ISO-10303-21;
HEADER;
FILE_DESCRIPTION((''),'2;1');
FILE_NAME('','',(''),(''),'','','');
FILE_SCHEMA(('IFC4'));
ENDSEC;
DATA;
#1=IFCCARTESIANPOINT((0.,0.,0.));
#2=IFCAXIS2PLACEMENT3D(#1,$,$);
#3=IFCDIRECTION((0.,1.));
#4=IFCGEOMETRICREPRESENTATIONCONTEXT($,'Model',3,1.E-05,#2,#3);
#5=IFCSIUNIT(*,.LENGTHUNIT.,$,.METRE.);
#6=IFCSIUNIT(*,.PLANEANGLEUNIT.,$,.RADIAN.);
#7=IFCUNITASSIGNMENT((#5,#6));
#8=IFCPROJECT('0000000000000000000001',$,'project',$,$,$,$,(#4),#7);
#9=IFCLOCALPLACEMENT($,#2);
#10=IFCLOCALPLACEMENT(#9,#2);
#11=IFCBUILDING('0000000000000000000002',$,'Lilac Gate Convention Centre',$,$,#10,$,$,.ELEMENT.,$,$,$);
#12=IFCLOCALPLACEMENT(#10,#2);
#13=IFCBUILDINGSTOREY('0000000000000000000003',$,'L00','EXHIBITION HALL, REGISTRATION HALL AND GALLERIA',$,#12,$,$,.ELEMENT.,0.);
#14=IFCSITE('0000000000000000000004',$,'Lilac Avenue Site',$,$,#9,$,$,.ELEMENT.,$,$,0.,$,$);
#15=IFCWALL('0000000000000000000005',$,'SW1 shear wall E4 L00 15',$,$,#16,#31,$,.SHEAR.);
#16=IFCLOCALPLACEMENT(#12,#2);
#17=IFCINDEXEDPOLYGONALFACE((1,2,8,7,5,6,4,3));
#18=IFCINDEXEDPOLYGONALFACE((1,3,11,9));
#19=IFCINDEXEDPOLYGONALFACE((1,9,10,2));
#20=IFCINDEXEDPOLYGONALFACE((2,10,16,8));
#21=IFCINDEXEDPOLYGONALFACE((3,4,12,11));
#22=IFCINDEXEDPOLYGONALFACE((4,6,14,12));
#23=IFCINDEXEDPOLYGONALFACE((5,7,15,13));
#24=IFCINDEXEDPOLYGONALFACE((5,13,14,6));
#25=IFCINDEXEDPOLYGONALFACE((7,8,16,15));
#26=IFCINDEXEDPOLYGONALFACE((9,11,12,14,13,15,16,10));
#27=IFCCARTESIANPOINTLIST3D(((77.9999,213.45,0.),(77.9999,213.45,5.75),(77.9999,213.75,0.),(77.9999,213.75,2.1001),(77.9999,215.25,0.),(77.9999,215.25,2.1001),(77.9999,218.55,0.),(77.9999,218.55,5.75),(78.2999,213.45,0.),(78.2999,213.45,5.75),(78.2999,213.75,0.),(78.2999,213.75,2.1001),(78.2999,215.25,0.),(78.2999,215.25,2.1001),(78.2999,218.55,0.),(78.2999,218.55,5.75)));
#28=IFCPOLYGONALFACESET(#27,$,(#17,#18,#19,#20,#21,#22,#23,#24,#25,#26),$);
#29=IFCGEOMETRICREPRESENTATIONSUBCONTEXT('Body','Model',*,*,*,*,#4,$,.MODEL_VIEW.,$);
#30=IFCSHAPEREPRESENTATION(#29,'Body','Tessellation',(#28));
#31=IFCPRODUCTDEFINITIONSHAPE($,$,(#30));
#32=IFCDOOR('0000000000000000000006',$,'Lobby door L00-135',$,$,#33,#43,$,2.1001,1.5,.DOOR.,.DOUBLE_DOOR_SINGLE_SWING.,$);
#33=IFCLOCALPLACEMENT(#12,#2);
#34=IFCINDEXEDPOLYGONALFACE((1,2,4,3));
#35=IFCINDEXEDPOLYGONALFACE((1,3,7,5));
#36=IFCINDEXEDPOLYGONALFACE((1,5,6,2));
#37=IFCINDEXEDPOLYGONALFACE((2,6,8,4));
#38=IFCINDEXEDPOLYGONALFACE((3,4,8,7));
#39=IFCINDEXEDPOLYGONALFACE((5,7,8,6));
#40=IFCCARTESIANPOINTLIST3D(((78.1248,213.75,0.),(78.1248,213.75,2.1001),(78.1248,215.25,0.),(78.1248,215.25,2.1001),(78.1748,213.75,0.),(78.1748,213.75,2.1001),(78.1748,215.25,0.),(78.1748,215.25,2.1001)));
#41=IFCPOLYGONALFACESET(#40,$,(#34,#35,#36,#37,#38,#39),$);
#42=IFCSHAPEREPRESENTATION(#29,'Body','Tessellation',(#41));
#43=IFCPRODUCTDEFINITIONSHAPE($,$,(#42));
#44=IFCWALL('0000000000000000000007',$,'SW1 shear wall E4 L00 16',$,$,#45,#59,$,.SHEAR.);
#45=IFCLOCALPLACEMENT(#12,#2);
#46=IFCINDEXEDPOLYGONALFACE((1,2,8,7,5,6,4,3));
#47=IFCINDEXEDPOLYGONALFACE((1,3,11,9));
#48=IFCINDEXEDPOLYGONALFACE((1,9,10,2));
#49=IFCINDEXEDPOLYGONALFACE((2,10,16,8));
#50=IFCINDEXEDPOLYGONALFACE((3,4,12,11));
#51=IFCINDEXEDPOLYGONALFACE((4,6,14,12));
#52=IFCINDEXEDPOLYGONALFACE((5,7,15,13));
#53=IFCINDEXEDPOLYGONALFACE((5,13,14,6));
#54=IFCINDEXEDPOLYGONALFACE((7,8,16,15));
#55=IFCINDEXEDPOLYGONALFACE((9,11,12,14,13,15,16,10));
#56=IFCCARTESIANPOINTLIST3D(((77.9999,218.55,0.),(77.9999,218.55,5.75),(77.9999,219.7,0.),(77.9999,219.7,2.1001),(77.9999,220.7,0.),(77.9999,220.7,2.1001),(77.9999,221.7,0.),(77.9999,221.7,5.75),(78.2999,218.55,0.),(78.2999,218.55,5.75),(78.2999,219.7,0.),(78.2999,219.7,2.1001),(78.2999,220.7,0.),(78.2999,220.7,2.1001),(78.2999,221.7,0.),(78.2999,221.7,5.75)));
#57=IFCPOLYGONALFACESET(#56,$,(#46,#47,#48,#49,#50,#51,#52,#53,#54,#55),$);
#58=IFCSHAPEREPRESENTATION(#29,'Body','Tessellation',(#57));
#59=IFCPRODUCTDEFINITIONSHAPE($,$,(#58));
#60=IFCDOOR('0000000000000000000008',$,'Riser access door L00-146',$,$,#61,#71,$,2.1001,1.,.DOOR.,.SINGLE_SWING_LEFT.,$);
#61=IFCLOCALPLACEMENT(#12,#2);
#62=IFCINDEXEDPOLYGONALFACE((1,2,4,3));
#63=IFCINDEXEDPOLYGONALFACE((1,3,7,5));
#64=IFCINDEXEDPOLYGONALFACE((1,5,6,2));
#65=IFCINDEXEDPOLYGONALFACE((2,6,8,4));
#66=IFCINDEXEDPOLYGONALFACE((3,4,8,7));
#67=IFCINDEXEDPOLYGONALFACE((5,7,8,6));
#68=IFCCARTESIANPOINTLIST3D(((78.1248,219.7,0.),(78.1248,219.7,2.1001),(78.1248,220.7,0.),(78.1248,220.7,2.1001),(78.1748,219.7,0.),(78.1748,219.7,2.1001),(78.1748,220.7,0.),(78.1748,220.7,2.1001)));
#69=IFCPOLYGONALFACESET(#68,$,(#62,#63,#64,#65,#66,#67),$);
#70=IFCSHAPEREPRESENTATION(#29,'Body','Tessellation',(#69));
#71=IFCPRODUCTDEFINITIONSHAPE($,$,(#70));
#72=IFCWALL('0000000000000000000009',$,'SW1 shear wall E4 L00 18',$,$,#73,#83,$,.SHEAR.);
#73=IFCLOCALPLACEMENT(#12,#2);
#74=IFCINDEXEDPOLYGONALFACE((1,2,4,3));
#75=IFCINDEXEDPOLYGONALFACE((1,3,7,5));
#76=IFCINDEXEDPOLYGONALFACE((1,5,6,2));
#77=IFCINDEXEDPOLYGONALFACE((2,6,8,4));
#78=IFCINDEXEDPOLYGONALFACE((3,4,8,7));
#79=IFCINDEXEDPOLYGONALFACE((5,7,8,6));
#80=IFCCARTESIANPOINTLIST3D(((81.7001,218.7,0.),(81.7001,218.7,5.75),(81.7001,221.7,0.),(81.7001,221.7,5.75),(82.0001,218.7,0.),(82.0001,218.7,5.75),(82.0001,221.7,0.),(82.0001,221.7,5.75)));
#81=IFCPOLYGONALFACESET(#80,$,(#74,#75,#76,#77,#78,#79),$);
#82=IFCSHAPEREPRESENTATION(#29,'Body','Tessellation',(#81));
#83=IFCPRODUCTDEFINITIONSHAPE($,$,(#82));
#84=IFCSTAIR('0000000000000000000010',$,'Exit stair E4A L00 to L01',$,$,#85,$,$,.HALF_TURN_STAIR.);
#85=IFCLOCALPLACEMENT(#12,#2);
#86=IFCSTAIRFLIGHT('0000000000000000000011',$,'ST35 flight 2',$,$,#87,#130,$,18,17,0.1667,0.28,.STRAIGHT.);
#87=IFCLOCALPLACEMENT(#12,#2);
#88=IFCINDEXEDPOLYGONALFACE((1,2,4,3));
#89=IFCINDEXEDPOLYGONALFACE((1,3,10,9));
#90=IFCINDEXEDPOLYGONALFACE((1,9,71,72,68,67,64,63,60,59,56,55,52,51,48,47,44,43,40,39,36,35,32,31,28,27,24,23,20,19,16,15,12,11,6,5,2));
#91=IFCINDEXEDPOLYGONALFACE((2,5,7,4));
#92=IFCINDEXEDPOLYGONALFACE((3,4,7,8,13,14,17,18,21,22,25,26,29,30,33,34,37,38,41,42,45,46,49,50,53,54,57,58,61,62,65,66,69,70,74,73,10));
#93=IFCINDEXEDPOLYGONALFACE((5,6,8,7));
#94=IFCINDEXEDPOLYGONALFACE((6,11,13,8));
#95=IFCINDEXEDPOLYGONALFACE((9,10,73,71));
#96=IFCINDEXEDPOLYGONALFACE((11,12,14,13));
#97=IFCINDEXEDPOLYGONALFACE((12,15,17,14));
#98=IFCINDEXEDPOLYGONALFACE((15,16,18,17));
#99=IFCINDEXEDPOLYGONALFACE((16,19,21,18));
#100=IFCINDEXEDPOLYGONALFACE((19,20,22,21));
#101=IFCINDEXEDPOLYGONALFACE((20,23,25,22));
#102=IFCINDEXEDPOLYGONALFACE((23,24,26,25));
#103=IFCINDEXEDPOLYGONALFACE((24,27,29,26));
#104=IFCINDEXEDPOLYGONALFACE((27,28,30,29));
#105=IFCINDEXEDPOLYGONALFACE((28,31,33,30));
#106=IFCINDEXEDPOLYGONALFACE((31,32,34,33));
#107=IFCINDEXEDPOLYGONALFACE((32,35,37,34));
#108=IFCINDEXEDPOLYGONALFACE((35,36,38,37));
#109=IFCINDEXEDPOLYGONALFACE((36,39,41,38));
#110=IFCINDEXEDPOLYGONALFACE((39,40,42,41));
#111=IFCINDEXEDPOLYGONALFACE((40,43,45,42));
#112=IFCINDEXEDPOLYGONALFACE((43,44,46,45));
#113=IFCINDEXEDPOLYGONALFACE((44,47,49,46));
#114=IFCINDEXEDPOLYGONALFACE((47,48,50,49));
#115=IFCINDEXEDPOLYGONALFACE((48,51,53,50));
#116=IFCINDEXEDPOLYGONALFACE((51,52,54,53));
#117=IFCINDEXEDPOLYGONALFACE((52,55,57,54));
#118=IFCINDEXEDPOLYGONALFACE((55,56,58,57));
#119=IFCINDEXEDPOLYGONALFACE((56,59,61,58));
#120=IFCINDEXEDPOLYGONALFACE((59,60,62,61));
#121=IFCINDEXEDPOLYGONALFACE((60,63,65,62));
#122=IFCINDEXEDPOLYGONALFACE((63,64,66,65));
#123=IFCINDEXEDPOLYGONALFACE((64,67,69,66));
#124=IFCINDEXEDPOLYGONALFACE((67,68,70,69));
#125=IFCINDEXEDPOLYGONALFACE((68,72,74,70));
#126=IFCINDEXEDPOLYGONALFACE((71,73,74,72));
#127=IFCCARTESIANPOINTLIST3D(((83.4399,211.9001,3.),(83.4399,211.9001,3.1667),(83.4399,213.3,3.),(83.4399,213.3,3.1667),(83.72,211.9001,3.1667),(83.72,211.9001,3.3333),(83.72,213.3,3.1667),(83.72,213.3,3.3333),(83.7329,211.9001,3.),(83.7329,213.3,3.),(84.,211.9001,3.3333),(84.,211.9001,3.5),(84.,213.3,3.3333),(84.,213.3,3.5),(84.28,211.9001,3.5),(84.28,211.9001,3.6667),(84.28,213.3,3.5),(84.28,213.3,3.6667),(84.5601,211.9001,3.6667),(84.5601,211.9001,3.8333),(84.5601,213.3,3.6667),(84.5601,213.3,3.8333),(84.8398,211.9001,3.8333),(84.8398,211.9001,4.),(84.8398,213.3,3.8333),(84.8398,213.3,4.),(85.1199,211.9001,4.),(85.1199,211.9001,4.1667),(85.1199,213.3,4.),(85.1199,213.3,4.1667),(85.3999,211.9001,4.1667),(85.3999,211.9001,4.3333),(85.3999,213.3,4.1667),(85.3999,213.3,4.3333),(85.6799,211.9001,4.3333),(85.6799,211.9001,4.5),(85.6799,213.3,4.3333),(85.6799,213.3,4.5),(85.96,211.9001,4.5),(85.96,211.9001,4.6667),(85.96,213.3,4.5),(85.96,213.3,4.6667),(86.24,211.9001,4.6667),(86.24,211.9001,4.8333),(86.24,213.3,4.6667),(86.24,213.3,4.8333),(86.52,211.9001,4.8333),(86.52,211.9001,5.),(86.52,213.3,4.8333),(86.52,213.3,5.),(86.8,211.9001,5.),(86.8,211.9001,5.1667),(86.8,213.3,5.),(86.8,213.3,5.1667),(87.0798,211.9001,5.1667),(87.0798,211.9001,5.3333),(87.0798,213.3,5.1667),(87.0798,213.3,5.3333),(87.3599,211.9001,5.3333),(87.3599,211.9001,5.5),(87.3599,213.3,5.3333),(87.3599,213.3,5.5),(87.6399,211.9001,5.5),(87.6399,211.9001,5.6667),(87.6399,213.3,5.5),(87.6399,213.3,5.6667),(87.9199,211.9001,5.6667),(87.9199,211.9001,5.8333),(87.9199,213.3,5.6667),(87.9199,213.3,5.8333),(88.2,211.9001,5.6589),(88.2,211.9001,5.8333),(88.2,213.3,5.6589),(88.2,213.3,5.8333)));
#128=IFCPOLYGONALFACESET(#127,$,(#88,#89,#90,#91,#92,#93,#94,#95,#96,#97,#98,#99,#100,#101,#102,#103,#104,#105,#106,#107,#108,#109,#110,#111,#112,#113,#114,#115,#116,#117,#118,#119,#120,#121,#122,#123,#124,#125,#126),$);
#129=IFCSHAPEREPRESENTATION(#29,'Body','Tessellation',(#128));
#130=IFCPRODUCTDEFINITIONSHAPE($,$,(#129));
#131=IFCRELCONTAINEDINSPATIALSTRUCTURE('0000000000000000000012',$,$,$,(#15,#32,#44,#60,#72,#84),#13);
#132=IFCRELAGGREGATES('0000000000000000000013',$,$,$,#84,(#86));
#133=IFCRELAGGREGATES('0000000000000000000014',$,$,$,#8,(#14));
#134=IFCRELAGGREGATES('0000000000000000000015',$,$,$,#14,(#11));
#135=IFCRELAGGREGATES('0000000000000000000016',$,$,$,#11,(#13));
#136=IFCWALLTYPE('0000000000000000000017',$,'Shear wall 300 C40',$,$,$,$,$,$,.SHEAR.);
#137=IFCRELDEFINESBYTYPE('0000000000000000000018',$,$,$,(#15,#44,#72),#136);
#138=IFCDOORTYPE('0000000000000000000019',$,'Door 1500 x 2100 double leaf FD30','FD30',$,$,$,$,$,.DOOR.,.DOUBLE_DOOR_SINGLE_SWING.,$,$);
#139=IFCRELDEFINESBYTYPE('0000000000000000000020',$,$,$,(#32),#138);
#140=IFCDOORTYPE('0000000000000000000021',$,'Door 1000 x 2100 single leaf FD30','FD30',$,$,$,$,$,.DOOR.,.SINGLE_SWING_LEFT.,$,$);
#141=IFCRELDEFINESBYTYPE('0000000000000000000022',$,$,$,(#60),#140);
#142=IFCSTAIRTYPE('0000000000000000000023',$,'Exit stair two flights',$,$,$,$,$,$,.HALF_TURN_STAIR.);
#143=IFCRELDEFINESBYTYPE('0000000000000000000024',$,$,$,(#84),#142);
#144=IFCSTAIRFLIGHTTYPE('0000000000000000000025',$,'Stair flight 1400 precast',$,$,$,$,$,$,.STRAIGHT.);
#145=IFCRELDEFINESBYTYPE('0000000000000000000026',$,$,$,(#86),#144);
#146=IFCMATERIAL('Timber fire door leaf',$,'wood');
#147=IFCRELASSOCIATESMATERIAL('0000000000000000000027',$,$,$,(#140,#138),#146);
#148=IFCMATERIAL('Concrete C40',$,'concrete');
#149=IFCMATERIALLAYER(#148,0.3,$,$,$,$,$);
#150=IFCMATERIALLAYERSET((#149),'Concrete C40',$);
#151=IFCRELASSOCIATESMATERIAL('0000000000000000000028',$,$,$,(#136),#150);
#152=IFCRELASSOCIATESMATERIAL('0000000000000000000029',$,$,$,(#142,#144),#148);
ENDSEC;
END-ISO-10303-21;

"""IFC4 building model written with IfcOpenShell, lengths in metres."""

from ifc_helpers import new_model, si_unit, direction, frame, frame_2d, origin, place, context, subcontext, project, spatial, polyline, rectangle, outline, extrude, material, layer, layer_set, type_object, element, fill, aggregate, save


model = new_model("IFC4")

# Units and contexts
model_context = context("Model", 3, precision=1e-05, world=origin(), true_north=direction((0.0, 1.0)))
body_context = subcontext(model_context, "Body", "Model", "MODEL_VIEW")
ifc_project = project(units=[si_unit("LENGTHUNIT", "METRE"), si_unit("PLANEANGLEUNIT", "RADIAN")], contexts=[model_context])

# Site, building, storey
site_placement = place(None, origin())
site = spatial("IfcSite", under=ifc_project, at=site_placement, Name="Lilac Avenue Site", CompositionType="ELEMENT", RefElevation=0.0)
building_placement = place(site_placement, origin())
building = spatial("IfcBuilding", under=site, at=building_placement, Name="Lilac Gate Convention Centre", CompositionType="ELEMENT")
storey_placement = place(building_placement, origin())
storey = spatial("IfcBuildingStorey", under=building, at=storey_placement, Name="L00", Description="EXHIBITION HALL, REGISTRATION HALL AND GALLERIA", CompositionType="ELEMENT", Elevation=0.0)

# Shared definitions
ifc_material_1 = material(Name="Timber fire door leaf", Category="wood")
door_type_1 = type_object("IfcDoorType", Name="Door 1000 x 2100 single leaf FD30", Description="FD30", OperationType="SINGLE_SWING_LEFT", PredefinedType="DOOR", material=ifc_material_1)

# Shared definitions
ifc_material_2 = material(Name="Concrete C40", Category="concrete")
ifc_layer_1 = layer(ifc_material_2, 0.3)
ifc_layer_set_1 = layer_set([ifc_layer_1], Name="Concrete C40")
wall_type_1 = type_object("IfcWallType", Name="Shear wall 300 C40", PredefinedType="SHEAR", material=ifc_layer_set_1)

# Walls, openings, doors
wall_1_placement = place(storey_placement, frame((78.1499, 213.45, 0.0), z_axis=(0.0, 0.0, 1.0), x_axis=(0.0, 1.0, 0.0)))
wall_1 = element("IfcWall", 1, at=wall_1_placement, inside=storey, type_object=wall_type_1, Name="SW1 shear wall E4 L00 15", PredefinedType="SHEAR", context=body_context, shape_type="SweptSolid", body=[
    extrude(rectangle(XDim=5.1001, YDim=0.3, at=frame_2d((2.55, 0.0))), origin(), (0.0, 0.0, 1.0), 5.75),
])
opening_1_placement = place(wall_1_placement, frame((0.3, 0.0, 0.0)))
opening_1 = element("IfcOpeningElement", 2, at=opening_1_placement, cuts=wall_1, PredefinedType="OPENING", context=body_context, shape_type="SweptSolid", body=[
    extrude(rectangle(XDim=1.5, YDim=2.1001, at=frame_2d((0.75, 1.05))), frame((0.0, 0.1599, 0.0), z_axis=(0.0, -1.0, 0.0), x_axis=(1.0, 0.0, 0.0)), (0.0, 0.0, 1.0), 0.3201),
])
door_type_2 = type_object("IfcDoorType", Name="Door 1500 x 2100 double leaf FD30", Description="FD30", OperationType="DOUBLE_DOOR_SINGLE_SWING", PredefinedType="DOOR", material=ifc_material_1)
door_1_placement = place(opening_1_placement, frame((1.5, 0.0, 0.0), z_axis=(0.0, 0.0, 1.0), x_axis=(-1.0, 0.0, 0.0)))
door_1 = element("IfcDoor", 3, at=door_1_placement, inside=storey, type_object=door_type_2, Name="Lobby door L00-135", OperationType="DOUBLE_DOOR_SINGLE_SWING", OverallHeight=2.1001, OverallWidth=1.5, PredefinedType="DOOR", context=body_context, shape_type="SweptSolid", body=[
    extrude(rectangle(XDim=1.5, YDim=2.1001, at=frame_2d((0.75, 1.05))), frame((0.0, 0.0249, 0.0), z_axis=(0.0, -1.0, 0.0), x_axis=(1.0, 0.0, 0.0)), (0.0, 0.0, 1.0), 0.05),
])
fill(opening_1, door_1)
wall_2_placement = place(storey_placement, frame((78.1499, 218.55, 0.0), z_axis=(0.0, 0.0, 1.0), x_axis=(0.0, 1.0, 0.0)))
wall_2 = element("IfcWall", 4, at=wall_2_placement, inside=storey, type_object=wall_type_1, Name="SW1 shear wall E4 L00 16", PredefinedType="SHEAR", context=body_context, shape_type="SweptSolid", body=[
    extrude(rectangle(XDim=3.1499, YDim=0.3, at=frame_2d((1.575, 0.0))), origin(), (0.0, 0.0, 1.0), 5.75),
])
opening_2_placement = place(wall_2_placement, frame((1.1499, 0.0, 0.0)))
opening_2 = element("IfcOpeningElement", 5, at=opening_2_placement, cuts=wall_2, PredefinedType="OPENING", context=body_context, shape_type="SweptSolid", body=[
    extrude(rectangle(XDim=1.0, YDim=2.1001, at=frame_2d((0.5, 1.05))), frame((0.0, 0.1599, 0.0), z_axis=(0.0, -1.0, 0.0), x_axis=(1.0, 0.0, 0.0)), (0.0, 0.0, 1.0), 0.3201),
])
door_2_placement = place(opening_2_placement, frame((1.0, 0.0, 0.0), z_axis=(0.0, 0.0, 1.0), x_axis=(-1.0, 0.0, 0.0)))
door_2 = element("IfcDoor", 6, at=door_2_placement, inside=storey, type_object=door_type_1, Name="Riser access door L00-146", OperationType="SINGLE_SWING_LEFT", OverallHeight=2.1001, OverallWidth=1.0, PredefinedType="DOOR", context=body_context, shape_type="SweptSolid", body=[
    extrude(rectangle(XDim=1.0, YDim=2.1001, at=frame_2d((0.5, 1.05))), frame((0.0, 0.0249, 0.0), z_axis=(0.0, -1.0, 0.0), x_axis=(1.0, 0.0, 0.0)), (0.0, 0.0, 1.0), 0.05),
])
fill(opening_2, door_2)

# Wall
wall_3_placement = place(storey_placement, frame((81.8501, 218.7, 0.0), z_axis=(0.0, 0.0, 1.0), x_axis=(0.0, 1.0, 0.0)))
element("IfcWall", 7, at=wall_3_placement, inside=storey, type_object=wall_type_1, Name="SW1 shear wall E4 L00 18", PredefinedType="SHEAR", context=body_context, shape_type="SweptSolid", body=[
    extrude(rectangle(XDim=3.0, YDim=0.3, at=frame_2d((1.5, 0.0))), origin(), (0.0, 0.0, 1.0), 5.75),
])

# Stair, stair flight
stair_type = type_object("IfcStairType", Name="Exit stair two flights", PredefinedType="HALF_TURN_STAIR", material=ifc_material_2)
stair_placement = place(storey_placement, origin())
stair = element("IfcStair", 8, at=stair_placement, inside=storey, type_object=stair_type, Name="Exit stair E4A L00 to L01", PredefinedType="HALF_TURN_STAIR")
stair_flight_type = type_object("IfcStairFlightType", Name="Stair flight 1400 precast", PredefinedType="STRAIGHT", material=ifc_material_2)
stair_flight_placement = place(storey_placement, frame((83.4399, 212.6001, 3.0), z_axis=(0.0, 0.0, 1.0), x_axis=(1.0, 0.0, 0.0)))
stair_flight = element("IfcStairFlight", 9, at=stair_flight_placement, type_object=stair_flight_type, Name="ST35 flight 2", NumberOfRisers=18, NumberOfTreads=17, PredefinedType="STRAIGHT", RiserHeight=0.1667, TreadLength=0.28, context=body_context, shape_type="SweptSolid", body=[
    extrude(outline(polyline([(0.0, 0.0), (0.0, 0.1667), (0.28, 0.1667), (0.28, 0.3333), (0.5601, 0.3333), (0.5601, 0.5), (0.8401, 0.5), (0.8401, 0.6667), (1.1201, 0.6667), (1.1201, 0.8333), (1.3999, 0.8333), (1.3999, 1.0), (1.6799, 1.0), (1.6799, 1.1667), (1.96, 1.1667), (1.96, 1.3333), (2.24, 1.3333), (2.24, 1.5), (2.52, 1.5), (2.52, 1.6667), (2.8, 1.6667), (2.8, 1.8333), (3.0801, 1.8333), (3.0801, 2.0), (3.3601, 2.0), (3.3601, 2.1667), (3.6399, 2.1667), (3.6399, 2.3333), (3.9199, 2.3333), (3.9199, 2.5), (4.2, 2.5), (4.2, 2.6667), (4.48, 2.6667), (4.48, 2.8333), (4.76, 2.8333), (4.76, 3.0), (4.76, 2.6589), (0.293, 0.0), (0.0, 0.0)])), frame((0.0, 0.7, 0.0), z_axis=(0.0, -1.0, 0.0), x_axis=(1.0, 0.0, 0.0)), (0.0, 0.0, 1.0), 1.3999),
])
aggregate(stair, [stair_flight])

save(model, "model.ifc")
